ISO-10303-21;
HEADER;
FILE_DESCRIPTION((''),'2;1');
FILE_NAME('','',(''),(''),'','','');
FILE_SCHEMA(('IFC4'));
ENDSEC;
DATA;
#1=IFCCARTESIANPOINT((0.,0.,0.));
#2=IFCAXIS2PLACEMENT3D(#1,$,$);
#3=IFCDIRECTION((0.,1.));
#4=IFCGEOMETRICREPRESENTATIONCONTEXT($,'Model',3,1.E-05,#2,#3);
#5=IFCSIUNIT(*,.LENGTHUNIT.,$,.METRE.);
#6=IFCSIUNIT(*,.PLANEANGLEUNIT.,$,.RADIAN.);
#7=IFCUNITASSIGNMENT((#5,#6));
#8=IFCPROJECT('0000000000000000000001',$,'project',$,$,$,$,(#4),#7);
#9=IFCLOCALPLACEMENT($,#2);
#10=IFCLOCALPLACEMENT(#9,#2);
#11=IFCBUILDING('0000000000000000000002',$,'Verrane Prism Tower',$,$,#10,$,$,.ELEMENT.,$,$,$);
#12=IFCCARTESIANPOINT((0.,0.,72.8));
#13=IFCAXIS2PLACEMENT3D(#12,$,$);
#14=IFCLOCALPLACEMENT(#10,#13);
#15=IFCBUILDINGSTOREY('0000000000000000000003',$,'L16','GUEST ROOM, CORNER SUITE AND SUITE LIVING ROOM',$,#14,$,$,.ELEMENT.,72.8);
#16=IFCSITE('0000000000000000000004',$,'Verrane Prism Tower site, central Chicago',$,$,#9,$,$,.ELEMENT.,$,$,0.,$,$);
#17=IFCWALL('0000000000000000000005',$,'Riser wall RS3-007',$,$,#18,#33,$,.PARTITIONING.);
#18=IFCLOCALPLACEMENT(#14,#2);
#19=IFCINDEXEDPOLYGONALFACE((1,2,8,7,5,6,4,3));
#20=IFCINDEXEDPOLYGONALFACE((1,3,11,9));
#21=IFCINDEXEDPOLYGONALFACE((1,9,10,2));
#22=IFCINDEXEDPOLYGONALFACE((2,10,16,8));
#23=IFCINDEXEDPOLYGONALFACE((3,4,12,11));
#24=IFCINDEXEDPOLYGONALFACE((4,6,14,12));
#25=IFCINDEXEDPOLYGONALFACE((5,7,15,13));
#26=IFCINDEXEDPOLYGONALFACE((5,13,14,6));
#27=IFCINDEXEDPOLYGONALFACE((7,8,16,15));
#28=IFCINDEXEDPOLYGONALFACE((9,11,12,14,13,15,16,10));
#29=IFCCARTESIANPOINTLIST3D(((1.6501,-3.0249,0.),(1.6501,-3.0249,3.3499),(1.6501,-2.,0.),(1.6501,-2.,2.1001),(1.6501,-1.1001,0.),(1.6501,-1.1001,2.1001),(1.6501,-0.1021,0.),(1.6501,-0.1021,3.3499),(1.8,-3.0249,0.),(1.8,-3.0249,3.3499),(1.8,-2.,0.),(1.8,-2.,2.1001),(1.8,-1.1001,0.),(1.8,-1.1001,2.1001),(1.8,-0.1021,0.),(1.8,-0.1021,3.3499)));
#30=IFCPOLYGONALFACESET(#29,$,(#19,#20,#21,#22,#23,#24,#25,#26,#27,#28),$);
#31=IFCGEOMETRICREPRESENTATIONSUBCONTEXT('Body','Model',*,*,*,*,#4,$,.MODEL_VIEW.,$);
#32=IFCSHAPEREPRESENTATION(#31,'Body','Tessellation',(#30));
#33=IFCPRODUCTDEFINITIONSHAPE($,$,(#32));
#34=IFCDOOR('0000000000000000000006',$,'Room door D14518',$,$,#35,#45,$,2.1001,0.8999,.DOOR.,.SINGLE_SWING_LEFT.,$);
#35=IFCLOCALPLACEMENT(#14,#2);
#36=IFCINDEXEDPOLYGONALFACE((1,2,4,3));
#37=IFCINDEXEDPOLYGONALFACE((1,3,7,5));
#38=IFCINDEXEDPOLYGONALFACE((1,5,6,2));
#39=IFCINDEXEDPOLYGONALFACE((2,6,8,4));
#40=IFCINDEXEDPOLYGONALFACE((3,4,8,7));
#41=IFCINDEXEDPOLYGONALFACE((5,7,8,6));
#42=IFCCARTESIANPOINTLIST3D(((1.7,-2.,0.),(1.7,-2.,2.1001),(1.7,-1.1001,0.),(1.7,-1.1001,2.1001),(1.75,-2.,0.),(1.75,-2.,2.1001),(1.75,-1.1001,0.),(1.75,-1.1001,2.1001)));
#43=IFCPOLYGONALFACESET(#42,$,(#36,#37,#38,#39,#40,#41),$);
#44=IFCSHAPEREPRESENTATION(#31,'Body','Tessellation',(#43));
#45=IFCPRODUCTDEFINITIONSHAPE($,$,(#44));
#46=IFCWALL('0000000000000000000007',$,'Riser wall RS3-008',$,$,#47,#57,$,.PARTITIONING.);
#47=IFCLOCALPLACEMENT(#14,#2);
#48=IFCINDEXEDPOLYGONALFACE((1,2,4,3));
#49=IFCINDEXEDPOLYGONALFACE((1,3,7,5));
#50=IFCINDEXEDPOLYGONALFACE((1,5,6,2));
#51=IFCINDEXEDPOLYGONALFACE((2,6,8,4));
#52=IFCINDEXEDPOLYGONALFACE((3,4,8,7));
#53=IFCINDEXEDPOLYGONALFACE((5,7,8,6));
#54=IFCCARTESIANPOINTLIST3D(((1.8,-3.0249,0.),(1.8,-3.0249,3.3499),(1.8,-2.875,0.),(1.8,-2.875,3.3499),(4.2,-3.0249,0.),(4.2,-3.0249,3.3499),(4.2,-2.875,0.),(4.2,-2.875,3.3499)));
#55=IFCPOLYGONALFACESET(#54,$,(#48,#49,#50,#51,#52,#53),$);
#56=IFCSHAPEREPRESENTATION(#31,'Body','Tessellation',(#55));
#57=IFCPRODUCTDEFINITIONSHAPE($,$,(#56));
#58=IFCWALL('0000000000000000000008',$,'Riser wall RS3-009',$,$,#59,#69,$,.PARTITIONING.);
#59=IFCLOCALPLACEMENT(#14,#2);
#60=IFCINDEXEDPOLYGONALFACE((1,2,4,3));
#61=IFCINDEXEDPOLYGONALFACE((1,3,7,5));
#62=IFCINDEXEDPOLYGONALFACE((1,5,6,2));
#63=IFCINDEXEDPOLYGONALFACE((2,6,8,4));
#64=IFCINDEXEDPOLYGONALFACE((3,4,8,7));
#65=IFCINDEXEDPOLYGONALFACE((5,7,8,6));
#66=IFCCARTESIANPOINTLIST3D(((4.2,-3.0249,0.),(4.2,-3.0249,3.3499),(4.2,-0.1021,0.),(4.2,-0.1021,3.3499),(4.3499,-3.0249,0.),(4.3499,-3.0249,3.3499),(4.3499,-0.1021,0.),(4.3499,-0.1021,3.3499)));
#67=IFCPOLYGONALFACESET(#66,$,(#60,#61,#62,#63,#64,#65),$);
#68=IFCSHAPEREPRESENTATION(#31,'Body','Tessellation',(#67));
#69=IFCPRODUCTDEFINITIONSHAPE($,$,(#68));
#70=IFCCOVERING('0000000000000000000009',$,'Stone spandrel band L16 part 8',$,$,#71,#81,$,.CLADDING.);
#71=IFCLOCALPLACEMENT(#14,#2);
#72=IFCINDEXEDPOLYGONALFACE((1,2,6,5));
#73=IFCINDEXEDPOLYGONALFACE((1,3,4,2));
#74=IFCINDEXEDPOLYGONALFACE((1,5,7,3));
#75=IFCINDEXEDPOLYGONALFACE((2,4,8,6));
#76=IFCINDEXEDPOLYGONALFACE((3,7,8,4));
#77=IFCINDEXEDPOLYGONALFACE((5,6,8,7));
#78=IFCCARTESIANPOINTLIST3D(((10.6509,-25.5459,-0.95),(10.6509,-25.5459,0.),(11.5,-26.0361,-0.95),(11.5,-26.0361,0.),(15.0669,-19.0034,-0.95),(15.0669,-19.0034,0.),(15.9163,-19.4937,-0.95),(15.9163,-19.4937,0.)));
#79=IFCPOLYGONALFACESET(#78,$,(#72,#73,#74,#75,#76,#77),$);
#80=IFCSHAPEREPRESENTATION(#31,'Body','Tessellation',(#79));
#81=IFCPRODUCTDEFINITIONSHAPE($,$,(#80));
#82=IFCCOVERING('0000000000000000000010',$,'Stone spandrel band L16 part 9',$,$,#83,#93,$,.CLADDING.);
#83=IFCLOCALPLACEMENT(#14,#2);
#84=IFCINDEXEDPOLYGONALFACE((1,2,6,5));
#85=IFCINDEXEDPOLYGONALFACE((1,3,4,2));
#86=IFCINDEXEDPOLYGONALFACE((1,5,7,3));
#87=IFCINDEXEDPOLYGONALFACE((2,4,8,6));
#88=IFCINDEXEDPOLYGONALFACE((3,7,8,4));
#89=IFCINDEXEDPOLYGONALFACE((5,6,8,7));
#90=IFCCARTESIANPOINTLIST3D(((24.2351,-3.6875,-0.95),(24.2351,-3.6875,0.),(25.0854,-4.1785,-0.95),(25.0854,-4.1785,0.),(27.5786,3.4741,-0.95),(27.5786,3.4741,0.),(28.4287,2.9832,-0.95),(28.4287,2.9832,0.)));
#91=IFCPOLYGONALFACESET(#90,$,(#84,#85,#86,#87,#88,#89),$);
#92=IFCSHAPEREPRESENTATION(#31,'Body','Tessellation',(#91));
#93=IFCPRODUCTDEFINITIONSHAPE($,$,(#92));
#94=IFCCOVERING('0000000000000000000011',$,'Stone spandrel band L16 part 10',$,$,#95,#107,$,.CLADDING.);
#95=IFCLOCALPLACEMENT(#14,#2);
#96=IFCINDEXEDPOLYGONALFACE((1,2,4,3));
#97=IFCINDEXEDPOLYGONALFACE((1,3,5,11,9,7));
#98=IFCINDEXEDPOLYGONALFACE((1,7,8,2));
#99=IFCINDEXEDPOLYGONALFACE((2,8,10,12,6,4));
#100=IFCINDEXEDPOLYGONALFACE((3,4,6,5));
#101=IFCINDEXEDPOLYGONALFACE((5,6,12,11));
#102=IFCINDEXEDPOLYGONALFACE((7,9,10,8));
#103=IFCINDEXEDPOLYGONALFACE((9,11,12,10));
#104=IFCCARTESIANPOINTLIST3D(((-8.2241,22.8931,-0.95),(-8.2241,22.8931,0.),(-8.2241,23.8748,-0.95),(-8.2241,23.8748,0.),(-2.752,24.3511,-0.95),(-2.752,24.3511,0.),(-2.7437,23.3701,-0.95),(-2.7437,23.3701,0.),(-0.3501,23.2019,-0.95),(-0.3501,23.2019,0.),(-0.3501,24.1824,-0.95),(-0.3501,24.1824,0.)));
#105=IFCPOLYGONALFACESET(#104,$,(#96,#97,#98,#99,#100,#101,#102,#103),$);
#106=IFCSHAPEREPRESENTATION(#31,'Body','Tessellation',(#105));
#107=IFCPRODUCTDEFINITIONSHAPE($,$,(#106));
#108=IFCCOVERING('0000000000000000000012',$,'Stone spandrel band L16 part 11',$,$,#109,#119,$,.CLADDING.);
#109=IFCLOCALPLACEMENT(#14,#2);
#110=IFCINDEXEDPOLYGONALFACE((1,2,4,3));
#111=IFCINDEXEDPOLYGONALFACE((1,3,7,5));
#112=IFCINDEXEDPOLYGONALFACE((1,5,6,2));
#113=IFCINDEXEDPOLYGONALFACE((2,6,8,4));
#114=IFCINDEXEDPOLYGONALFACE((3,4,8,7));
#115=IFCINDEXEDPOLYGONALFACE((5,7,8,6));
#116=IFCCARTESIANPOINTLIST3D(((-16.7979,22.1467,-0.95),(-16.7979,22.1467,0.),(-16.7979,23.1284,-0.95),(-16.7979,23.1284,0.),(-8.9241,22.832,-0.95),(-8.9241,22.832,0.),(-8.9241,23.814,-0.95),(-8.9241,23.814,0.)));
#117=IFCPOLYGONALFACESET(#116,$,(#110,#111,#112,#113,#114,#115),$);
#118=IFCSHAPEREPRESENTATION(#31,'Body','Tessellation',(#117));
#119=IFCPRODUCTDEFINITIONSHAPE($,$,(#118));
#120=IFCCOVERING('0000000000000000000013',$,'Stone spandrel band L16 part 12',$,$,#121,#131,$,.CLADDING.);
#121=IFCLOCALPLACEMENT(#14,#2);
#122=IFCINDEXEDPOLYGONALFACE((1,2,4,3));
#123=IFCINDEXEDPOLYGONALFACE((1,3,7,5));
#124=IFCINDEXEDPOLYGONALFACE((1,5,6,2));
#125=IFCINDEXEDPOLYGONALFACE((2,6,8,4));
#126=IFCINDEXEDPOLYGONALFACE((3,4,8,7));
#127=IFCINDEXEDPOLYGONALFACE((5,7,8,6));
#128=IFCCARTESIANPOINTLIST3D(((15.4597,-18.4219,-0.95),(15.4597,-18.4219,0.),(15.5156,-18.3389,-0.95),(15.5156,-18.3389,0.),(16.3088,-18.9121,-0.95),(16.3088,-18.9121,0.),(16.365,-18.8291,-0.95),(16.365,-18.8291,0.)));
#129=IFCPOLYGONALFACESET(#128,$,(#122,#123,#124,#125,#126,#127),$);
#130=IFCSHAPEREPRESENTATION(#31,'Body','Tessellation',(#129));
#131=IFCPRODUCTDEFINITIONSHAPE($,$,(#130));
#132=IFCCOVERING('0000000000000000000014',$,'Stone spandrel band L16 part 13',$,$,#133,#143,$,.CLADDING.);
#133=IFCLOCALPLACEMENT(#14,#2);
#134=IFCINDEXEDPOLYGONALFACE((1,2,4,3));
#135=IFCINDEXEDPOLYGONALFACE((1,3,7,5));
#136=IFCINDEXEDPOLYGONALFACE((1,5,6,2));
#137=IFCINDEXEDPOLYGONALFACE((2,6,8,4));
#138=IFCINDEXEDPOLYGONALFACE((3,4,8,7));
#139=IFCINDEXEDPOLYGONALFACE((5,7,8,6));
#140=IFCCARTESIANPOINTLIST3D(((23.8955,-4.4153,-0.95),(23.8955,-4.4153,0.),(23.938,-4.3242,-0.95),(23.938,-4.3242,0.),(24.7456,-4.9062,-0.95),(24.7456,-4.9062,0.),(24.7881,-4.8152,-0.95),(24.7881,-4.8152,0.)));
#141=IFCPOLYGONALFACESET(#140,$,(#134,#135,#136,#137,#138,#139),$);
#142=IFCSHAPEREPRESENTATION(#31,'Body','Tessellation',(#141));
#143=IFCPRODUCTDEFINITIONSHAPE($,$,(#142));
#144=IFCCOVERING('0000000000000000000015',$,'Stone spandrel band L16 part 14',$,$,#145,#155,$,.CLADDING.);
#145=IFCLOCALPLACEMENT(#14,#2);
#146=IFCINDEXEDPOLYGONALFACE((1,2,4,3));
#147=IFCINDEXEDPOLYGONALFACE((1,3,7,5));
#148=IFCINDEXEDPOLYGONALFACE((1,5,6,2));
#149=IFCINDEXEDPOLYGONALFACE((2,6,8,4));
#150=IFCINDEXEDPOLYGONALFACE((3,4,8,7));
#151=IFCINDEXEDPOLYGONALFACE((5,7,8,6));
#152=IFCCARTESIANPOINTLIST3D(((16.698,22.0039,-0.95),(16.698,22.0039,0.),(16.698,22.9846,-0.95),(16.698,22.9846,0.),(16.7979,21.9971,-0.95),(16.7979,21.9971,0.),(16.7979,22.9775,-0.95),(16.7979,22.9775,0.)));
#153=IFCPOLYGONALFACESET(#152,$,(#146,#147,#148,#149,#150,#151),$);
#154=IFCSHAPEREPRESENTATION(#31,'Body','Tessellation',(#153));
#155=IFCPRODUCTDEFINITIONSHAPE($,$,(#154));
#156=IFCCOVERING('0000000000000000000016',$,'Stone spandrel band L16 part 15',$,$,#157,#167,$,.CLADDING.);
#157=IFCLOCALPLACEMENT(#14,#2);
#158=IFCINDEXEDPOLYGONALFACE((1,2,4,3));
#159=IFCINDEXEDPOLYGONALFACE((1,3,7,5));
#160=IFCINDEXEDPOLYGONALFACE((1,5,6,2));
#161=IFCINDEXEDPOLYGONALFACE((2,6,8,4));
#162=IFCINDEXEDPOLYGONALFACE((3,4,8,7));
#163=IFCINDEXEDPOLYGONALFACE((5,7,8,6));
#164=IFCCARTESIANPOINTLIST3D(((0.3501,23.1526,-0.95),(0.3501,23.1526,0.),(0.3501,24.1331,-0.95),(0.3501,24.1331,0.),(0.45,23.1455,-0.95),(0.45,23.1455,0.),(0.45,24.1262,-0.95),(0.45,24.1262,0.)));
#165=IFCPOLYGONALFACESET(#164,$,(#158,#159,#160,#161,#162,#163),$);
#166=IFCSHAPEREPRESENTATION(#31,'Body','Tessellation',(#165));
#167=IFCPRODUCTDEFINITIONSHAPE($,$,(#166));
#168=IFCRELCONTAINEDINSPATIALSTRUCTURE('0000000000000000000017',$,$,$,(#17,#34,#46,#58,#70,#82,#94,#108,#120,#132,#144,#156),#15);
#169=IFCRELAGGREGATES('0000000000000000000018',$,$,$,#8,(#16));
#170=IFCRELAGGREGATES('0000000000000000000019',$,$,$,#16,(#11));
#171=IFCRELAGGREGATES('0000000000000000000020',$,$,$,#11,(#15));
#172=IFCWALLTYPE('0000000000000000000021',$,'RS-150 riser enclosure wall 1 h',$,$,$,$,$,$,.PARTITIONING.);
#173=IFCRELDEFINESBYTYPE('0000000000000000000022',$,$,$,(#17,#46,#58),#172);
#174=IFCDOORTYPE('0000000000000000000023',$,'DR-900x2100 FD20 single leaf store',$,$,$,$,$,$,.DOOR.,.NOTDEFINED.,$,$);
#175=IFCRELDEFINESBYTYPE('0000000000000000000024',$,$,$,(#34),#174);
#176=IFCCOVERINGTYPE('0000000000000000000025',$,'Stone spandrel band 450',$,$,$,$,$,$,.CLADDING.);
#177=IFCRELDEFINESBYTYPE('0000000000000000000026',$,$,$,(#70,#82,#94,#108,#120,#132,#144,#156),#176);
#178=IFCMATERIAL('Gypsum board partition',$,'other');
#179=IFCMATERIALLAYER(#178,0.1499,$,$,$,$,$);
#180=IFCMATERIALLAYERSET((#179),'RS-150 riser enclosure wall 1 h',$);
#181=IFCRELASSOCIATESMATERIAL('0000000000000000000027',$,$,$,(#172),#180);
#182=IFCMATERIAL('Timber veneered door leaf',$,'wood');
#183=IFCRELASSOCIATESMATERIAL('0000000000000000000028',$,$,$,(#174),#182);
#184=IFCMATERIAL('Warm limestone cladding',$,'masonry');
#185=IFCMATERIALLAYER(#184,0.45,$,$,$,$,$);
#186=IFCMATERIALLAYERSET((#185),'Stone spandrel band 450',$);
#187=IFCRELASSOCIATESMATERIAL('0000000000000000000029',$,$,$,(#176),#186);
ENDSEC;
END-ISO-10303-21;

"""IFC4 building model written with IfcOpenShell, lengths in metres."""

from ifc_helpers import new_model, si_unit, direction, frame, frame_2d, origin, place, context, subcontext, project, spatial, polyline, rectangle, outline, extrude, material, layer, layer_set, type_object, element, fill, save


model = new_model("IFC4")

# Units and contexts
model_context = context("Model", 3, precision=1e-05, world=origin(), true_north=direction((0.0, 1.0)))
body_context = subcontext(model_context, "Body", "Model", "MODEL_VIEW")
ifc_project = project(units=[si_unit("LENGTHUNIT", "METRE"), si_unit("PLANEANGLEUNIT", "RADIAN")], contexts=[model_context])

# Site, building, storey
site_placement = place(None, origin())
site = spatial("IfcSite", under=ifc_project, at=site_placement, Name="Verrane Prism Tower site, central Chicago", CompositionType="ELEMENT", RefElevation=0.0)
building_placement = place(site_placement, origin())
building = spatial("IfcBuilding", under=site, at=building_placement, Name="Verrane Prism Tower", CompositionType="ELEMENT")
storey_placement = place(building_placement, frame((0.0, 0.0, 72.8)))
storey = spatial("IfcBuildingStorey", under=building, at=storey_placement, Name="L16", Description="GUEST ROOM, CORNER SUITE AND SUITE LIVING ROOM", CompositionType="ELEMENT", Elevation=72.8)

# Wall, opening, door
ifc_material_1 = material(Name="Gypsum board partition", Category="other")
ifc_layer_1 = layer(ifc_material_1, 0.1499)
ifc_layer_set_1 = layer_set([ifc_layer_1], Name="RS-150 riser enclosure wall 1 h")
wall_type_1 = type_object("IfcWallType", Name="RS-150 riser enclosure wall 1 h", PredefinedType="PARTITIONING", material=ifc_layer_set_1)
wall_1_placement = place(storey_placement, frame((1.7251, -0.1021, 0.0), z_axis=(0.0, 0.0, 1.0), x_axis=(0.0, -1.0, 0.0)))
wall_1 = element("IfcWall", 1, at=wall_1_placement, inside=storey, type_object=wall_type_1, Name="Riser wall RS3-007", PredefinedType="PARTITIONING", context=body_context, shape_type="SweptSolid", body=[
    extrude(rectangle(XDim=2.9229, YDim=0.1499, at=frame_2d((1.4614, 0.0))), origin(), (0.0, 0.0, 1.0), 3.3499),
])
opening_1_placement = place(wall_1_placement, frame((0.998, 0.0, 0.0)))
opening_1 = element("IfcOpeningElement", 2, at=opening_1_placement, cuts=wall_1, PredefinedType="OPENING", context=body_context, shape_type="SweptSolid", body=[
    extrude(rectangle(XDim=0.8999, YDim=2.1001, at=frame_2d((0.45, 1.05))), frame((0.0, 0.085, 0.0), z_axis=(0.0, -1.0, 0.0), x_axis=(1.0, 0.0, 0.0)), (0.0, 0.0, 1.0), 0.1699),
])
ifc_material_2 = material(Name="Timber veneered door leaf", Category="wood")
door_type_1 = type_object("IfcDoorType", Name="DR-900x2100 FD20 single leaf store", OperationType="NOTDEFINED", PredefinedType="DOOR", material=ifc_material_2)
door_1_placement = place(opening_1_placement, origin())
door_1 = element("IfcDoor", 3, at=door_1_placement, inside=storey, type_object=door_type_1, Name="Room door D14518", OperationType="SINGLE_SWING_LEFT", OverallHeight=2.1001, OverallWidth=0.8999, PredefinedType="DOOR", context=body_context, shape_type="SweptSolid", body=[
    extrude(rectangle(XDim=0.8999, YDim=2.1001, at=frame_2d((0.45, 1.05))), frame((0.0, 0.0249, 0.0), z_axis=(0.0, -1.0, 0.0), x_axis=(1.0, 0.0, 0.0)), (0.0, 0.0, 1.0), 0.05),
])
fill(opening_1, door_1)

# Walls
wall_2_placement = place(storey_placement, frame((1.8, -2.95, 0.0), z_axis=(0.0, 0.0, 1.0), x_axis=(1.0, 0.0, 0.0)))
element("IfcWall", 4, at=wall_2_placement, inside=storey, type_object=wall_type_1, Name="Riser wall RS3-008", PredefinedType="PARTITIONING", context=body_context, shape_type="SweptSolid", body=[
    extrude(rectangle(XDim=2.3999, YDim=0.1499, at=frame_2d((1.2, 0.0))), origin(), (0.0, 0.0, 1.0), 3.3499),
])
wall_3_placement = place(storey_placement, frame((4.2749, -3.0249, 0.0), z_axis=(0.0, 0.0, 1.0), x_axis=(0.0, 1.0, 0.0)))
element("IfcWall", 5, at=wall_3_placement, inside=storey, type_object=wall_type_1, Name="Riser wall RS3-009", PredefinedType="PARTITIONING", context=body_context, shape_type="SweptSolid", body=[
    extrude(rectangle(XDim=2.9229, YDim=0.1499, at=frame_2d((1.4614, 0.0))), origin(), (0.0, 0.0, 1.0), 3.3499),
])

# Coverings
ifc_material_3 = material(Name="Warm limestone cladding", Category="masonry")
ifc_layer_2 = layer(ifc_material_3, 0.45)
ifc_layer_set_2 = layer_set([ifc_layer_2], Name="Stone spandrel band 450")
covering_type = type_object("IfcCoveringType", Name="Stone spandrel band 450", PredefinedType="CLADDING", material=ifc_layer_set_2)
covering_1_placement = place(storey_placement, frame((0.0, 0.0, -0.95)))
element("IfcCovering", 6, at=covering_1_placement, inside=storey, type_object=covering_type, Name="Stone spandrel band L16 part 8", PredefinedType="CLADDING", context=body_context, shape_type="SweptSolid", body=[
    extrude(outline(polyline([(15.0669, -19.0034), (10.6509, -25.5459), (11.5, -26.0361), (15.9163, -19.4937), (15.0669, -19.0034)])), origin(), (0.0, 0.0, 1.0), 0.95),
])
covering_2_placement = place(storey_placement, frame((0.0, 0.0, -0.95)))
element("IfcCovering", 7, at=covering_2_placement, inside=storey, type_object=covering_type, Name="Stone spandrel band L16 part 9", PredefinedType="CLADDING", context=body_context, shape_type="SweptSolid", body=[
    extrude(outline(polyline([(27.5786, 3.4741), (24.2351, -3.6875), (25.0854, -4.1785), (28.4287, 2.9832), (27.5786, 3.4741)])), origin(), (0.0, 0.0, 1.0), 0.95),
])
covering_3_placement = place(storey_placement, frame((0.0, 0.0, -0.95)))
element("IfcCovering", 8, at=covering_3_placement, inside=storey, type_object=covering_type, Name="Stone spandrel band L16 part 10", PredefinedType="CLADDING", context=body_context, shape_type="SweptSolid", body=[
    extrude(outline(polyline([(-8.2241, 22.8931), (-2.7437, 23.3701), (-0.3501, 23.2019), (-0.3501, 24.1824), (-2.752, 24.3511), (-8.2241, 23.8748), (-8.2241, 22.8931)])), origin(), (0.0, 0.0, 1.0), 0.95),
])
covering_4_placement = place(storey_placement, frame((0.0, 0.0, -0.95)))
element("IfcCovering", 9, at=covering_4_placement, inside=storey, type_object=covering_type, Name="Stone spandrel band L16 part 11", PredefinedType="CLADDING", context=body_context, shape_type="SweptSolid", body=[
    extrude(outline(polyline([(-8.9241, 23.814), (-16.7979, 23.1284), (-16.7979, 22.1467), (-8.9241, 22.832), (-8.9241, 23.814)])), origin(), (0.0, 0.0, 1.0), 0.95),
])
covering_5_placement = place(storey_placement, frame((0.0, 0.0, -0.95)))
element("IfcCovering", 10, at=covering_5_placement, inside=storey, type_object=covering_type, Name="Stone spandrel band L16 part 12", PredefinedType="CLADDING", context=body_context, shape_type="SweptSolid", body=[
    extrude(outline(polyline([(16.3088, -18.9121), (16.365, -18.8291), (15.5156, -18.3389), (15.4597, -18.4219), (16.3088, -18.9121)])), origin(), (0.0, 0.0, 1.0), 0.95),
])
covering_6_placement = place(storey_placement, frame((0.0, 0.0, -0.95)))
element("IfcCovering", 11, at=covering_6_placement, inside=storey, type_object=covering_type, Name="Stone spandrel band L16 part 13", PredefinedType="CLADDING", context=body_context, shape_type="SweptSolid", body=[
    extrude(outline(polyline([(23.8955, -4.4153), (24.7456, -4.9062), (24.7881, -4.8152), (23.938, -4.3242), (23.8955, -4.4153)])), origin(), (0.0, 0.0, 1.0), 0.95),
])
covering_7_placement = place(storey_placement, frame((0.0, 0.0, -0.95)))
element("IfcCovering", 12, at=covering_7_placement, inside=storey, type_object=covering_type, Name="Stone spandrel band L16 part 14", PredefinedType="CLADDING", context=body_context, shape_type="SweptSolid", body=[
    extrude(outline(polyline([(16.7979, 22.9775), (16.698, 22.9846), (16.698, 22.0039), (16.7979, 21.9971), (16.7979, 22.9775)])), origin(), (0.0, 0.0, 1.0), 0.95),
])
covering_8_placement = place(storey_placement, frame((0.0, 0.0, -0.95)))
element("IfcCovering", 13, at=covering_8_placement, inside=storey, type_object=covering_type, Name="Stone spandrel band L16 part 15", PredefinedType="CLADDING", context=body_context, shape_type="SweptSolid", body=[
    extrude(outline(polyline([(0.45, 23.1455), (0.45, 24.1262), (0.3501, 24.1331), (0.3501, 23.1526), (0.45, 23.1455)])), origin(), (0.0, 0.0, 1.0), 0.95),
])

save(model, "model.ifc")
